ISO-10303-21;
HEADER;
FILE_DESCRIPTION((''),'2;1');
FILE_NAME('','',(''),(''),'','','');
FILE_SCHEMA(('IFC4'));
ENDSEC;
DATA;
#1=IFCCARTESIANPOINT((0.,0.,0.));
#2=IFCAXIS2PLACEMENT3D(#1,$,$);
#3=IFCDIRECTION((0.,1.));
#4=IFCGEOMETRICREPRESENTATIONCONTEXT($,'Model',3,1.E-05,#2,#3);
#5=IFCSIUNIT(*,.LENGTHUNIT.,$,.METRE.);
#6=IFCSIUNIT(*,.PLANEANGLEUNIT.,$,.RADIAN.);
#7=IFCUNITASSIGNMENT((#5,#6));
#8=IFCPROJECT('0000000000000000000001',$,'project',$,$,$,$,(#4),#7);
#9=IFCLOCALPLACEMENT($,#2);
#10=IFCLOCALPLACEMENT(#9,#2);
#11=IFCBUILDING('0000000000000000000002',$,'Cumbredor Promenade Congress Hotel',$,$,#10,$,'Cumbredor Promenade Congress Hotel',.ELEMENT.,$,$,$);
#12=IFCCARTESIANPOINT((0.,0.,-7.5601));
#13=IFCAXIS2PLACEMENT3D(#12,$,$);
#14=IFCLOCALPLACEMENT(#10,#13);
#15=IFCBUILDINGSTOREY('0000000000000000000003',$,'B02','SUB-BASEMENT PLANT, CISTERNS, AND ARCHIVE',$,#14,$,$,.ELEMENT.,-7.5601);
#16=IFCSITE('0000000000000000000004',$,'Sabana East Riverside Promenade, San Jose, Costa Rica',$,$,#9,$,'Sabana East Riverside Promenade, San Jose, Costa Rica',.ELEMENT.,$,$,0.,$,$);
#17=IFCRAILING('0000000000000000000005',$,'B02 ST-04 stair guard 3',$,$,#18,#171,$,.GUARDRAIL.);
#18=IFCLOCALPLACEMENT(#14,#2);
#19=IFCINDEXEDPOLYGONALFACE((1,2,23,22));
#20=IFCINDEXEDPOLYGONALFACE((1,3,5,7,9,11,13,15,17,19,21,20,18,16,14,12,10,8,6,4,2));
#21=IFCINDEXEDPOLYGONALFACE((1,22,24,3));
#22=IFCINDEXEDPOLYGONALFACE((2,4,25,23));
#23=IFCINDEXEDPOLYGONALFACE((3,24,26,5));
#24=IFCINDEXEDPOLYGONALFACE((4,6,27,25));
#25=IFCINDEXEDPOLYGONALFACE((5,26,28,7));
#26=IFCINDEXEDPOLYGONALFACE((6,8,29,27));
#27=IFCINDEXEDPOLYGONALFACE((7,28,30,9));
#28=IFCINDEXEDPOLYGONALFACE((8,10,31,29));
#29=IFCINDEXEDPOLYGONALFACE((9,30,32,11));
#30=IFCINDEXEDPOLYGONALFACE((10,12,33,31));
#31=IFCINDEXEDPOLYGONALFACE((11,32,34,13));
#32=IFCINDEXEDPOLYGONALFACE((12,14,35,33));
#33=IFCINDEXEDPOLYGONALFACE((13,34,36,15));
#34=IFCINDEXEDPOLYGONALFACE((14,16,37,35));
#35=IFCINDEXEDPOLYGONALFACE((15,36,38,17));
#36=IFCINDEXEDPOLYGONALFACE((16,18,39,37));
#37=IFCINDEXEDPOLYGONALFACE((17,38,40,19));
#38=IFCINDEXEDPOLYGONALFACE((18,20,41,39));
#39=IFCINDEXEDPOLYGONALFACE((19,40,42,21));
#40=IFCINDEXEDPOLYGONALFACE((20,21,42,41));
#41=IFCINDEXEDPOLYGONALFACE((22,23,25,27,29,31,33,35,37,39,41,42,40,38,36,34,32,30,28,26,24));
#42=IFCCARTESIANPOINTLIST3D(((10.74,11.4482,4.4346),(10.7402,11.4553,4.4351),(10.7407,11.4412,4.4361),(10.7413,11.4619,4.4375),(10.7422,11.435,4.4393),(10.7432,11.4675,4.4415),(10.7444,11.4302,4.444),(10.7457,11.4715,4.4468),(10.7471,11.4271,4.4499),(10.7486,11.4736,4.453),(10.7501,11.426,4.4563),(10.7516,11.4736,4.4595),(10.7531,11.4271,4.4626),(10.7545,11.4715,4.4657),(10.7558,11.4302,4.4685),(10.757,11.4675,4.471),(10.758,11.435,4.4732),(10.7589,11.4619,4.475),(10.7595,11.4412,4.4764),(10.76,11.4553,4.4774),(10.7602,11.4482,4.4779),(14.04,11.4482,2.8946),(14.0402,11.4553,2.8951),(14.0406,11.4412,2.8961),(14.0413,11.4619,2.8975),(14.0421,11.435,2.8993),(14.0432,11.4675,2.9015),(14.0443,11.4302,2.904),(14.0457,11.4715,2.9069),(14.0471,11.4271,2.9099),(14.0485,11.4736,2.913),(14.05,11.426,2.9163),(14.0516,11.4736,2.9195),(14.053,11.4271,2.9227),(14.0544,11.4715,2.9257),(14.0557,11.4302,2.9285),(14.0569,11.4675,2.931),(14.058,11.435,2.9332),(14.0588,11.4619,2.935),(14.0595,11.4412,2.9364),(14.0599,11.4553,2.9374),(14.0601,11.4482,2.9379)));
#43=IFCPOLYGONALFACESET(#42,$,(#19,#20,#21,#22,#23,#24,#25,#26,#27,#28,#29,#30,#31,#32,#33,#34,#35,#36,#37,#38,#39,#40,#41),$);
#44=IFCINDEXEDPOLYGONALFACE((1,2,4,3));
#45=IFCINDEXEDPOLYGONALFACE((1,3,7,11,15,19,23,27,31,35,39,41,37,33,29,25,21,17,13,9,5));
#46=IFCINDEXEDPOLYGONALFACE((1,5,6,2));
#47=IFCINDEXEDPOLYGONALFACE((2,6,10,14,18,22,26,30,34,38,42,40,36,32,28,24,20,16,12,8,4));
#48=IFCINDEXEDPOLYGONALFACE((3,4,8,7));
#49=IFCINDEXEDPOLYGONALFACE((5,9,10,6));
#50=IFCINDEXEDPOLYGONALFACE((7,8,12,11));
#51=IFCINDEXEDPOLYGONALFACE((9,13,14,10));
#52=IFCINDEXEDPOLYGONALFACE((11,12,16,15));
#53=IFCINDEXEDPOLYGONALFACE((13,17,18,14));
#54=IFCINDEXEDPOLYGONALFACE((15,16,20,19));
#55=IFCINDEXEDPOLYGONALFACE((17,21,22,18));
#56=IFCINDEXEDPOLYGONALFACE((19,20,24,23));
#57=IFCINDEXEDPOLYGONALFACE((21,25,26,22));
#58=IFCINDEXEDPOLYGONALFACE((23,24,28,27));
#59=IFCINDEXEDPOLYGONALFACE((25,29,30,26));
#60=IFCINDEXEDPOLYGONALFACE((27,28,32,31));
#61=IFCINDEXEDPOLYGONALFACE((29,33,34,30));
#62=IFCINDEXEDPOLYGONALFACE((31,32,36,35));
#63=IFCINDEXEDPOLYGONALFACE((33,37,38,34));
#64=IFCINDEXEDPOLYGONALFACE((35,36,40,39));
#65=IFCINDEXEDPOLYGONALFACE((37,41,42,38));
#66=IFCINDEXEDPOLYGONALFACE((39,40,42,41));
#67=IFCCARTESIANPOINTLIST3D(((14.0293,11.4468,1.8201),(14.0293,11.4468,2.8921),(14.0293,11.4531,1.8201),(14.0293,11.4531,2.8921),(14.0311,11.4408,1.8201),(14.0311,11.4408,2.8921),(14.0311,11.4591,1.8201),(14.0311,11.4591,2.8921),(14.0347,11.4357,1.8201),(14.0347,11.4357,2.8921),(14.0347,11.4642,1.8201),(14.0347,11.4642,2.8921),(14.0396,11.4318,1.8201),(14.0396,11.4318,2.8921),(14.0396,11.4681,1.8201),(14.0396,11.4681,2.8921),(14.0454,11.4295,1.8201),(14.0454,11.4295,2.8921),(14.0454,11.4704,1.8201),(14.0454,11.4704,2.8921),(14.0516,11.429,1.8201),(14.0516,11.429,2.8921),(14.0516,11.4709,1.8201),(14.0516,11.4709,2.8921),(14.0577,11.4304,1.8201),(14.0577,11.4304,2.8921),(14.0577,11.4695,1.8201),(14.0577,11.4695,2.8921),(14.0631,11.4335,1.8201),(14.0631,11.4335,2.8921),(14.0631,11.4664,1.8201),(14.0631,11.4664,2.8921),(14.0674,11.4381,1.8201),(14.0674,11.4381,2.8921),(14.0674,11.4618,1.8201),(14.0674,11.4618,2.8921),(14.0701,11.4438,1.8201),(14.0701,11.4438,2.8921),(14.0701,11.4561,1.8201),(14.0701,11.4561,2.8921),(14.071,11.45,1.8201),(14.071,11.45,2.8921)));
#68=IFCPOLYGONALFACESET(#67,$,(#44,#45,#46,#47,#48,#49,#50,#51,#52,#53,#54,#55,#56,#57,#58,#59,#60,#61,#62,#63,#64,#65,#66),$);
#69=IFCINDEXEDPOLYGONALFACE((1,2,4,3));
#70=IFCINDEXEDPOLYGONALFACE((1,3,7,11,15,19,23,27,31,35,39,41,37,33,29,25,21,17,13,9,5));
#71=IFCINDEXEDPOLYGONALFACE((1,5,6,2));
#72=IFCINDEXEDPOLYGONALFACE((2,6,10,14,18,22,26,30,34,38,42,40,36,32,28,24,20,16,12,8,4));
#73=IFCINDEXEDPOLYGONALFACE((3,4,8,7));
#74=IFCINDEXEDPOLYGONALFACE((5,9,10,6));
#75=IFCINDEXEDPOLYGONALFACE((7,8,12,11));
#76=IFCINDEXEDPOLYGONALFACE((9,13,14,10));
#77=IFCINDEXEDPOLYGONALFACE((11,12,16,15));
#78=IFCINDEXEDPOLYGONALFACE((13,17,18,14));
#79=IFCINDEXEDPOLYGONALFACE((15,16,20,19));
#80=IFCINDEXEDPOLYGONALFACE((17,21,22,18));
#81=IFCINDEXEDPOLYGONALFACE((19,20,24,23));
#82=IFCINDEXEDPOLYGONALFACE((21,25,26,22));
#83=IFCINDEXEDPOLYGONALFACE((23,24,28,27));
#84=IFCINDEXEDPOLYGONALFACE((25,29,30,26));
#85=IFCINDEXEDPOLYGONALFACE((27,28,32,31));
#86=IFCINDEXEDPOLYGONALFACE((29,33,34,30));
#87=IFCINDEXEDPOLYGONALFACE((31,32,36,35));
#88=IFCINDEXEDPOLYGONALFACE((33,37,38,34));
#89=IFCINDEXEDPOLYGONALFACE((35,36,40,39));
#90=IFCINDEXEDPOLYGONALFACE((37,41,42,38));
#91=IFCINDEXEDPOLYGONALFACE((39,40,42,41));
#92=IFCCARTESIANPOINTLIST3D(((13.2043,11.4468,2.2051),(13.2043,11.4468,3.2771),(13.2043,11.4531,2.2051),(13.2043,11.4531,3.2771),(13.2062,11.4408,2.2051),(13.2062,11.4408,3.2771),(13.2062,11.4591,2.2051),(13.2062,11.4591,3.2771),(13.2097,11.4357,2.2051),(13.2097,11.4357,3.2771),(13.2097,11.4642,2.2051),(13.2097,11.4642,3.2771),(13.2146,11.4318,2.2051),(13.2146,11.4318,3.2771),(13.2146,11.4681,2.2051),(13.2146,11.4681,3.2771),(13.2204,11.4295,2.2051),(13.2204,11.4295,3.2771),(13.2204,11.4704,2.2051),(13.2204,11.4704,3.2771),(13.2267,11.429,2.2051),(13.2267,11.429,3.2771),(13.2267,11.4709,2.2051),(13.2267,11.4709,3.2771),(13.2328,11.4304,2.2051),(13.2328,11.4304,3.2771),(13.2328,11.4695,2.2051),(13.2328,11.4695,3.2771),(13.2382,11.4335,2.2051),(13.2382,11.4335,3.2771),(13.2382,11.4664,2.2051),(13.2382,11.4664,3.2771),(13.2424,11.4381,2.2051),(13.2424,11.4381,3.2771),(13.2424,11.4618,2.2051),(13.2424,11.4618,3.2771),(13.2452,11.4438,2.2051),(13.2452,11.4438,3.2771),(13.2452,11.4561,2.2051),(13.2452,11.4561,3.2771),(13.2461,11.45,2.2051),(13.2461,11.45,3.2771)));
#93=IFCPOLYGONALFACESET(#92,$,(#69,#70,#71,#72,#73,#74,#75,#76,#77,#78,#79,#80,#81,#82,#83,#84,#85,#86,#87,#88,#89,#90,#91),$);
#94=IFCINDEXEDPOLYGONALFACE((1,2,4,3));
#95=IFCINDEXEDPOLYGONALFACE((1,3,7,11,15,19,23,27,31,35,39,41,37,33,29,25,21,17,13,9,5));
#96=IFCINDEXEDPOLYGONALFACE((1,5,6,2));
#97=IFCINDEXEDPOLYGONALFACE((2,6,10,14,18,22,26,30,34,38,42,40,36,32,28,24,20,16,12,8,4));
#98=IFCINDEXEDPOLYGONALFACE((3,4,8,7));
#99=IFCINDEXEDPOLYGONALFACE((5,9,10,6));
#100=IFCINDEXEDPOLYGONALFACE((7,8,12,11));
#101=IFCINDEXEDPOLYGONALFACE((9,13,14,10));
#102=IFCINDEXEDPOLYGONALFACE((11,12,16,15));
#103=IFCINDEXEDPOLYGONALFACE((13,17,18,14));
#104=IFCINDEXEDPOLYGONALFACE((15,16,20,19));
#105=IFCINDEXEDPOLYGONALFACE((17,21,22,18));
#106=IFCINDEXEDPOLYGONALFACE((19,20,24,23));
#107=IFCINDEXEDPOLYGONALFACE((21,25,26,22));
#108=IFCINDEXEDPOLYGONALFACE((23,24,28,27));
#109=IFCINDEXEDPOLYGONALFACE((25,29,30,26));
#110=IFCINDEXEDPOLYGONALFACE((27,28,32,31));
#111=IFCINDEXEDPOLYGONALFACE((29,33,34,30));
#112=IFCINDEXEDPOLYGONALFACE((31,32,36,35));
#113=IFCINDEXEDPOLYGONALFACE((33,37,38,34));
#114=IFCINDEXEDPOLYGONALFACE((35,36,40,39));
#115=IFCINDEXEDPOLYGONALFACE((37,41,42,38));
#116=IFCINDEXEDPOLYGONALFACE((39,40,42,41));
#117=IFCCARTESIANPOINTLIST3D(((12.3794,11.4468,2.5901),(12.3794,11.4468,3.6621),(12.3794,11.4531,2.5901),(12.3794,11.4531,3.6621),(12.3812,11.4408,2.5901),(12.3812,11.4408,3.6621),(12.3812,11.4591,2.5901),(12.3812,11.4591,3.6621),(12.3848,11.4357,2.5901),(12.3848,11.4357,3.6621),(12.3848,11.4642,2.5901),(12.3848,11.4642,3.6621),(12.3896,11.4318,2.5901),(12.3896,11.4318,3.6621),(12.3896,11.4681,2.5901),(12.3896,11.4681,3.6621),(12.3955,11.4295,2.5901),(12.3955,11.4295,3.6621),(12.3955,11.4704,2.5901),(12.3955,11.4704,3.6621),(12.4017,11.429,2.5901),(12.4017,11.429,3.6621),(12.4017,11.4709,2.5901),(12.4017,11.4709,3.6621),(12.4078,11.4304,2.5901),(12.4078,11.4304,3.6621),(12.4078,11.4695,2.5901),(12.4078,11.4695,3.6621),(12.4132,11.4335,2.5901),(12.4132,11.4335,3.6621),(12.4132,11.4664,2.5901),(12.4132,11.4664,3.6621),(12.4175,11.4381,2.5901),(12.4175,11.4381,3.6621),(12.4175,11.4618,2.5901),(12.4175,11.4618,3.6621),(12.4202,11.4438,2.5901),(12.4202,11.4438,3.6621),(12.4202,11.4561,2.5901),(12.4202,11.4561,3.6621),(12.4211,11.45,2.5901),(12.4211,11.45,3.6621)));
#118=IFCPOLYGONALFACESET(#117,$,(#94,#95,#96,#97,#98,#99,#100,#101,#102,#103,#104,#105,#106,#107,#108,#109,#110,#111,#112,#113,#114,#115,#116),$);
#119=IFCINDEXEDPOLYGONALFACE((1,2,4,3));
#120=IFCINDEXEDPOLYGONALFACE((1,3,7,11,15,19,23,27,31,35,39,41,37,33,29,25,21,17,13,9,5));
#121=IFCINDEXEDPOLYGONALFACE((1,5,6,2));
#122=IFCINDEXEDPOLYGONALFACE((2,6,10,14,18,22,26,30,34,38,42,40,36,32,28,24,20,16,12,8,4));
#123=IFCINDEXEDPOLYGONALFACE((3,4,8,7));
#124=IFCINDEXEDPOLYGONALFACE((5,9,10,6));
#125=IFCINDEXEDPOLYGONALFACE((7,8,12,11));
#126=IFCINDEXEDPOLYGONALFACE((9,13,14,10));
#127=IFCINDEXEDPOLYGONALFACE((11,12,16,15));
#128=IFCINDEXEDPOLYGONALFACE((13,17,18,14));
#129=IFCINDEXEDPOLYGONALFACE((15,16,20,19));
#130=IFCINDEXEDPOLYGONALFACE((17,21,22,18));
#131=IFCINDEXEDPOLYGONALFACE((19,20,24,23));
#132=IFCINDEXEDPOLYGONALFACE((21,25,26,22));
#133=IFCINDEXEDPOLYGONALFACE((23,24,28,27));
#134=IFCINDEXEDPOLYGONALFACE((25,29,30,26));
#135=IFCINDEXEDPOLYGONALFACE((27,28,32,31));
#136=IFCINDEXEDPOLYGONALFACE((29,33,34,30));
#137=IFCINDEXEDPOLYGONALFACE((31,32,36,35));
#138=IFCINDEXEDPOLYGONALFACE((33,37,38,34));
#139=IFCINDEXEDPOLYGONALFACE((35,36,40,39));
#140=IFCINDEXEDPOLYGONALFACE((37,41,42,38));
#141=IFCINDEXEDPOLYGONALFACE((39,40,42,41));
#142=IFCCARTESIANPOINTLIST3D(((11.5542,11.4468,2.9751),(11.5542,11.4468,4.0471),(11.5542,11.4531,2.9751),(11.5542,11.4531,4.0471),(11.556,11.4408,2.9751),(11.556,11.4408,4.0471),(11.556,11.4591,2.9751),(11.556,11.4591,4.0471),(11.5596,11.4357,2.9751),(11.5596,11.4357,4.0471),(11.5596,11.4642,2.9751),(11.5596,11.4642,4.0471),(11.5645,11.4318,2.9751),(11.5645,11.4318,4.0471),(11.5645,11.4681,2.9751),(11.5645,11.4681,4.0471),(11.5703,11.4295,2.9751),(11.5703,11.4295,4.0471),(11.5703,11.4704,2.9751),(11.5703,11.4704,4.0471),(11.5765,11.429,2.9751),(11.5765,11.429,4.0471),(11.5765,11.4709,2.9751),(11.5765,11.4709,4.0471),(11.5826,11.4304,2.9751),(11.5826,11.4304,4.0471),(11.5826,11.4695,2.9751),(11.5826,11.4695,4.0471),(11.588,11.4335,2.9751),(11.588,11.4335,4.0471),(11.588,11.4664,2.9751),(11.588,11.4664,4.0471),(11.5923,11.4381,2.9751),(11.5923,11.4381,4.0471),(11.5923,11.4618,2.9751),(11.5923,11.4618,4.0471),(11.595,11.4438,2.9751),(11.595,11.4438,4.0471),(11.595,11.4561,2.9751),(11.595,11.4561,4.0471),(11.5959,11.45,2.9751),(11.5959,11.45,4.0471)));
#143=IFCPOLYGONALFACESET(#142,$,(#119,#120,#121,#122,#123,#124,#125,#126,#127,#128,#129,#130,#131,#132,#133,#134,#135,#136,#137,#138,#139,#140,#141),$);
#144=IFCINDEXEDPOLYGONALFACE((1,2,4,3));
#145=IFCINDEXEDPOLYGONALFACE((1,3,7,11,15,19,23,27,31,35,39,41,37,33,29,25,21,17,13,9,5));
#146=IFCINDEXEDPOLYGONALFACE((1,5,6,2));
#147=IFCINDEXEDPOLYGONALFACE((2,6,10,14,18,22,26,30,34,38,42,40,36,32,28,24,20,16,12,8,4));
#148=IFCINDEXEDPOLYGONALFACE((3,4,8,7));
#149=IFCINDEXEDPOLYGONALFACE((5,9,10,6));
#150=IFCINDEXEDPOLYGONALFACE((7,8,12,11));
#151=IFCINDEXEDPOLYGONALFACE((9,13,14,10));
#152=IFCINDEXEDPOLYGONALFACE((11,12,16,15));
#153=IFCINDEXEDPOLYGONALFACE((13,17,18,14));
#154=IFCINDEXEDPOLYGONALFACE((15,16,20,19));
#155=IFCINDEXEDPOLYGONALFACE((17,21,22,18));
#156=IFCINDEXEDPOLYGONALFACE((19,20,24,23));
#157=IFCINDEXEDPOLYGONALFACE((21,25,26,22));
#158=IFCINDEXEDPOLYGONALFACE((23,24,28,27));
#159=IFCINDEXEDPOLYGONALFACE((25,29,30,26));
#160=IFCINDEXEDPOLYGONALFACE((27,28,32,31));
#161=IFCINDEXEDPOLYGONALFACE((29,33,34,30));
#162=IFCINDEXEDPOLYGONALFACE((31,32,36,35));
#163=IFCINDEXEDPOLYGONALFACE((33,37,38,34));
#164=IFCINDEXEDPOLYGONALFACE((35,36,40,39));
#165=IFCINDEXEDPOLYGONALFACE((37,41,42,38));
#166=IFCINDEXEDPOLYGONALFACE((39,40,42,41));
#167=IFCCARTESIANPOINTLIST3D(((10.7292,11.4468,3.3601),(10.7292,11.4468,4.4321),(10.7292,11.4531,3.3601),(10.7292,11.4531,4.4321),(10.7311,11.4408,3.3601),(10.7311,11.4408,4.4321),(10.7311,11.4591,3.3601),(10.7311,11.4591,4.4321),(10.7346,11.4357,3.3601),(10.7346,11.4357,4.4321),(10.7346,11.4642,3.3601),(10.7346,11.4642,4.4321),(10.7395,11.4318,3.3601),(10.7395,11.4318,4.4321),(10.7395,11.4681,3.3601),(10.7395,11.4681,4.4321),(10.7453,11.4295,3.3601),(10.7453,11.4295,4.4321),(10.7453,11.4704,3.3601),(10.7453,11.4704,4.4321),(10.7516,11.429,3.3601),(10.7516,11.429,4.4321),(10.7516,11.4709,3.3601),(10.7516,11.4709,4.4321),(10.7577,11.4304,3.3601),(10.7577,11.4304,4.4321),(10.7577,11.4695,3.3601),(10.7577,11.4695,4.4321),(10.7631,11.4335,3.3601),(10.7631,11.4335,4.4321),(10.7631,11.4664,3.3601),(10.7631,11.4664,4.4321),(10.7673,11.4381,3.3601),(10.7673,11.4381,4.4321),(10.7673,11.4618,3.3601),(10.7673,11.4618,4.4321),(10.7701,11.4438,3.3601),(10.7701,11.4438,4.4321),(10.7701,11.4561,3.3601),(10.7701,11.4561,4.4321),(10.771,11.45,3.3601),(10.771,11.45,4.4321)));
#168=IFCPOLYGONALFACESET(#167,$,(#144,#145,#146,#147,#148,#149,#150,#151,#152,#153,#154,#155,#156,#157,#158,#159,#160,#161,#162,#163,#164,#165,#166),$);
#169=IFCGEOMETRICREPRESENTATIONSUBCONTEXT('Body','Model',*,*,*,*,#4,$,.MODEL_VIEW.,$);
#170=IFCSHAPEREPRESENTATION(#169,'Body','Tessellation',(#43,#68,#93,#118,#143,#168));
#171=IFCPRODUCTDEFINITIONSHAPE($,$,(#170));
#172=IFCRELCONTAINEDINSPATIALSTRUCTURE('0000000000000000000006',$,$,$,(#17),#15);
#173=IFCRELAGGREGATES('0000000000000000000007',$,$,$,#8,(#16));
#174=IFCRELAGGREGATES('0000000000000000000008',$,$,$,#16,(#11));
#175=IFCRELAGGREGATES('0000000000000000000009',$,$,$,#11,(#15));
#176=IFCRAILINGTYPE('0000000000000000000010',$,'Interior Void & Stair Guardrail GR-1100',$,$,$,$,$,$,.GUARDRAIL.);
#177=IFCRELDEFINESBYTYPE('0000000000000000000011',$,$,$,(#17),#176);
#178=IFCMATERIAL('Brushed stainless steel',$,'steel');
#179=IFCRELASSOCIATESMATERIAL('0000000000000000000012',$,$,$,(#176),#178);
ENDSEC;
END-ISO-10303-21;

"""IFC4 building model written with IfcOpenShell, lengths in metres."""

from ifc_helpers import new_model, si_unit, direction, frame, origin, origin_2d, place, context, subcontext, project, spatial, circle, extrude, material, type_object, element, save


model = new_model("IFC4")

# Units and contexts
model_context = context("Model", 3, precision=1e-05, world=origin(), true_north=direction((0.0, 1.0)))
body_context = subcontext(model_context, "Body", "Model", "MODEL_VIEW")
ifc_project = project(units=[si_unit("LENGTHUNIT", "METRE"), si_unit("PLANEANGLEUNIT", "RADIAN")], contexts=[model_context])

# Site, building, storey
site_placement = place(None, origin())
site = spatial("IfcSite", under=ifc_project, at=site_placement, Name="Sabana East Riverside Promenade, San Jose, Costa Rica", LongName="Sabana East Riverside Promenade, San Jose, Costa Rica", CompositionType="ELEMENT", RefElevation=0.0)
building_placement = place(site_placement, origin())
building = spatial("IfcBuilding", under=site, at=building_placement, Name="Cumbredor Promenade Congress Hotel", LongName="Cumbredor Promenade Congress Hotel", CompositionType="ELEMENT")
storey_placement = place(building_placement, frame((0.0, 0.0, -7.5601)))
storey = spatial("IfcBuildingStorey", under=building, at=storey_placement, Name="B02", Description="SUB-BASEMENT PLANT, CISTERNS, AND ARCHIVE", CompositionType="ELEMENT", Elevation=-7.5601)

# Shared definitions
ifc_material_1 = material(Name="Brushed stainless steel", Category="steel")

# Railing
railing_type_1 = type_object("IfcRailingType", Name="Interior Void & Stair Guardrail GR-1100", PredefinedType="GUARDRAIL", material=ifc_material_1)
railing_1_placement = place(storey_placement, frame((14.05, 11.45, 1.8201)))
element("IfcRailing", 1, at=railing_1_placement, inside=storey, type_object=railing_type_1, Name="B02 ST-04 stair guard 3", PredefinedType="GUARDRAIL", context=body_context, shape_type="SweptSolid", body=[
    extrude(circle(Radius=0.0239, at=origin_2d()), frame((0.0, 0.0, 1.0962), z_axis=(-0.906181, 0.0, 0.422889), x_axis=(0.0, -1.0, 0.0)), (0.0, 0.0, 1.0), 3.6416),
    extrude(circle(Radius=0.021, at=origin_2d()), origin(), (0.0, 0.0, 1.0), 1.072),
    extrude(circle(Radius=0.021, at=origin_2d()), frame((-0.825, 0.0, 0.385)), (0.0, 0.0, 1.0), 1.072),
    extrude(circle(Radius=0.021, at=origin_2d()), frame((-1.6499, 0.0, 0.77)), (0.0, 0.0, 1.0), 1.072),
    extrude(circle(Radius=0.021, at=origin_2d()), frame((-2.4751, 0.0, 1.155)), (0.0, 0.0, 1.0), 1.072),
    extrude(circle(Radius=0.021, at=origin_2d()), frame((-3.3, 0.0, 1.54)), (0.0, 0.0, 1.0), 1.072),
])

save(model, "model.ifc")
